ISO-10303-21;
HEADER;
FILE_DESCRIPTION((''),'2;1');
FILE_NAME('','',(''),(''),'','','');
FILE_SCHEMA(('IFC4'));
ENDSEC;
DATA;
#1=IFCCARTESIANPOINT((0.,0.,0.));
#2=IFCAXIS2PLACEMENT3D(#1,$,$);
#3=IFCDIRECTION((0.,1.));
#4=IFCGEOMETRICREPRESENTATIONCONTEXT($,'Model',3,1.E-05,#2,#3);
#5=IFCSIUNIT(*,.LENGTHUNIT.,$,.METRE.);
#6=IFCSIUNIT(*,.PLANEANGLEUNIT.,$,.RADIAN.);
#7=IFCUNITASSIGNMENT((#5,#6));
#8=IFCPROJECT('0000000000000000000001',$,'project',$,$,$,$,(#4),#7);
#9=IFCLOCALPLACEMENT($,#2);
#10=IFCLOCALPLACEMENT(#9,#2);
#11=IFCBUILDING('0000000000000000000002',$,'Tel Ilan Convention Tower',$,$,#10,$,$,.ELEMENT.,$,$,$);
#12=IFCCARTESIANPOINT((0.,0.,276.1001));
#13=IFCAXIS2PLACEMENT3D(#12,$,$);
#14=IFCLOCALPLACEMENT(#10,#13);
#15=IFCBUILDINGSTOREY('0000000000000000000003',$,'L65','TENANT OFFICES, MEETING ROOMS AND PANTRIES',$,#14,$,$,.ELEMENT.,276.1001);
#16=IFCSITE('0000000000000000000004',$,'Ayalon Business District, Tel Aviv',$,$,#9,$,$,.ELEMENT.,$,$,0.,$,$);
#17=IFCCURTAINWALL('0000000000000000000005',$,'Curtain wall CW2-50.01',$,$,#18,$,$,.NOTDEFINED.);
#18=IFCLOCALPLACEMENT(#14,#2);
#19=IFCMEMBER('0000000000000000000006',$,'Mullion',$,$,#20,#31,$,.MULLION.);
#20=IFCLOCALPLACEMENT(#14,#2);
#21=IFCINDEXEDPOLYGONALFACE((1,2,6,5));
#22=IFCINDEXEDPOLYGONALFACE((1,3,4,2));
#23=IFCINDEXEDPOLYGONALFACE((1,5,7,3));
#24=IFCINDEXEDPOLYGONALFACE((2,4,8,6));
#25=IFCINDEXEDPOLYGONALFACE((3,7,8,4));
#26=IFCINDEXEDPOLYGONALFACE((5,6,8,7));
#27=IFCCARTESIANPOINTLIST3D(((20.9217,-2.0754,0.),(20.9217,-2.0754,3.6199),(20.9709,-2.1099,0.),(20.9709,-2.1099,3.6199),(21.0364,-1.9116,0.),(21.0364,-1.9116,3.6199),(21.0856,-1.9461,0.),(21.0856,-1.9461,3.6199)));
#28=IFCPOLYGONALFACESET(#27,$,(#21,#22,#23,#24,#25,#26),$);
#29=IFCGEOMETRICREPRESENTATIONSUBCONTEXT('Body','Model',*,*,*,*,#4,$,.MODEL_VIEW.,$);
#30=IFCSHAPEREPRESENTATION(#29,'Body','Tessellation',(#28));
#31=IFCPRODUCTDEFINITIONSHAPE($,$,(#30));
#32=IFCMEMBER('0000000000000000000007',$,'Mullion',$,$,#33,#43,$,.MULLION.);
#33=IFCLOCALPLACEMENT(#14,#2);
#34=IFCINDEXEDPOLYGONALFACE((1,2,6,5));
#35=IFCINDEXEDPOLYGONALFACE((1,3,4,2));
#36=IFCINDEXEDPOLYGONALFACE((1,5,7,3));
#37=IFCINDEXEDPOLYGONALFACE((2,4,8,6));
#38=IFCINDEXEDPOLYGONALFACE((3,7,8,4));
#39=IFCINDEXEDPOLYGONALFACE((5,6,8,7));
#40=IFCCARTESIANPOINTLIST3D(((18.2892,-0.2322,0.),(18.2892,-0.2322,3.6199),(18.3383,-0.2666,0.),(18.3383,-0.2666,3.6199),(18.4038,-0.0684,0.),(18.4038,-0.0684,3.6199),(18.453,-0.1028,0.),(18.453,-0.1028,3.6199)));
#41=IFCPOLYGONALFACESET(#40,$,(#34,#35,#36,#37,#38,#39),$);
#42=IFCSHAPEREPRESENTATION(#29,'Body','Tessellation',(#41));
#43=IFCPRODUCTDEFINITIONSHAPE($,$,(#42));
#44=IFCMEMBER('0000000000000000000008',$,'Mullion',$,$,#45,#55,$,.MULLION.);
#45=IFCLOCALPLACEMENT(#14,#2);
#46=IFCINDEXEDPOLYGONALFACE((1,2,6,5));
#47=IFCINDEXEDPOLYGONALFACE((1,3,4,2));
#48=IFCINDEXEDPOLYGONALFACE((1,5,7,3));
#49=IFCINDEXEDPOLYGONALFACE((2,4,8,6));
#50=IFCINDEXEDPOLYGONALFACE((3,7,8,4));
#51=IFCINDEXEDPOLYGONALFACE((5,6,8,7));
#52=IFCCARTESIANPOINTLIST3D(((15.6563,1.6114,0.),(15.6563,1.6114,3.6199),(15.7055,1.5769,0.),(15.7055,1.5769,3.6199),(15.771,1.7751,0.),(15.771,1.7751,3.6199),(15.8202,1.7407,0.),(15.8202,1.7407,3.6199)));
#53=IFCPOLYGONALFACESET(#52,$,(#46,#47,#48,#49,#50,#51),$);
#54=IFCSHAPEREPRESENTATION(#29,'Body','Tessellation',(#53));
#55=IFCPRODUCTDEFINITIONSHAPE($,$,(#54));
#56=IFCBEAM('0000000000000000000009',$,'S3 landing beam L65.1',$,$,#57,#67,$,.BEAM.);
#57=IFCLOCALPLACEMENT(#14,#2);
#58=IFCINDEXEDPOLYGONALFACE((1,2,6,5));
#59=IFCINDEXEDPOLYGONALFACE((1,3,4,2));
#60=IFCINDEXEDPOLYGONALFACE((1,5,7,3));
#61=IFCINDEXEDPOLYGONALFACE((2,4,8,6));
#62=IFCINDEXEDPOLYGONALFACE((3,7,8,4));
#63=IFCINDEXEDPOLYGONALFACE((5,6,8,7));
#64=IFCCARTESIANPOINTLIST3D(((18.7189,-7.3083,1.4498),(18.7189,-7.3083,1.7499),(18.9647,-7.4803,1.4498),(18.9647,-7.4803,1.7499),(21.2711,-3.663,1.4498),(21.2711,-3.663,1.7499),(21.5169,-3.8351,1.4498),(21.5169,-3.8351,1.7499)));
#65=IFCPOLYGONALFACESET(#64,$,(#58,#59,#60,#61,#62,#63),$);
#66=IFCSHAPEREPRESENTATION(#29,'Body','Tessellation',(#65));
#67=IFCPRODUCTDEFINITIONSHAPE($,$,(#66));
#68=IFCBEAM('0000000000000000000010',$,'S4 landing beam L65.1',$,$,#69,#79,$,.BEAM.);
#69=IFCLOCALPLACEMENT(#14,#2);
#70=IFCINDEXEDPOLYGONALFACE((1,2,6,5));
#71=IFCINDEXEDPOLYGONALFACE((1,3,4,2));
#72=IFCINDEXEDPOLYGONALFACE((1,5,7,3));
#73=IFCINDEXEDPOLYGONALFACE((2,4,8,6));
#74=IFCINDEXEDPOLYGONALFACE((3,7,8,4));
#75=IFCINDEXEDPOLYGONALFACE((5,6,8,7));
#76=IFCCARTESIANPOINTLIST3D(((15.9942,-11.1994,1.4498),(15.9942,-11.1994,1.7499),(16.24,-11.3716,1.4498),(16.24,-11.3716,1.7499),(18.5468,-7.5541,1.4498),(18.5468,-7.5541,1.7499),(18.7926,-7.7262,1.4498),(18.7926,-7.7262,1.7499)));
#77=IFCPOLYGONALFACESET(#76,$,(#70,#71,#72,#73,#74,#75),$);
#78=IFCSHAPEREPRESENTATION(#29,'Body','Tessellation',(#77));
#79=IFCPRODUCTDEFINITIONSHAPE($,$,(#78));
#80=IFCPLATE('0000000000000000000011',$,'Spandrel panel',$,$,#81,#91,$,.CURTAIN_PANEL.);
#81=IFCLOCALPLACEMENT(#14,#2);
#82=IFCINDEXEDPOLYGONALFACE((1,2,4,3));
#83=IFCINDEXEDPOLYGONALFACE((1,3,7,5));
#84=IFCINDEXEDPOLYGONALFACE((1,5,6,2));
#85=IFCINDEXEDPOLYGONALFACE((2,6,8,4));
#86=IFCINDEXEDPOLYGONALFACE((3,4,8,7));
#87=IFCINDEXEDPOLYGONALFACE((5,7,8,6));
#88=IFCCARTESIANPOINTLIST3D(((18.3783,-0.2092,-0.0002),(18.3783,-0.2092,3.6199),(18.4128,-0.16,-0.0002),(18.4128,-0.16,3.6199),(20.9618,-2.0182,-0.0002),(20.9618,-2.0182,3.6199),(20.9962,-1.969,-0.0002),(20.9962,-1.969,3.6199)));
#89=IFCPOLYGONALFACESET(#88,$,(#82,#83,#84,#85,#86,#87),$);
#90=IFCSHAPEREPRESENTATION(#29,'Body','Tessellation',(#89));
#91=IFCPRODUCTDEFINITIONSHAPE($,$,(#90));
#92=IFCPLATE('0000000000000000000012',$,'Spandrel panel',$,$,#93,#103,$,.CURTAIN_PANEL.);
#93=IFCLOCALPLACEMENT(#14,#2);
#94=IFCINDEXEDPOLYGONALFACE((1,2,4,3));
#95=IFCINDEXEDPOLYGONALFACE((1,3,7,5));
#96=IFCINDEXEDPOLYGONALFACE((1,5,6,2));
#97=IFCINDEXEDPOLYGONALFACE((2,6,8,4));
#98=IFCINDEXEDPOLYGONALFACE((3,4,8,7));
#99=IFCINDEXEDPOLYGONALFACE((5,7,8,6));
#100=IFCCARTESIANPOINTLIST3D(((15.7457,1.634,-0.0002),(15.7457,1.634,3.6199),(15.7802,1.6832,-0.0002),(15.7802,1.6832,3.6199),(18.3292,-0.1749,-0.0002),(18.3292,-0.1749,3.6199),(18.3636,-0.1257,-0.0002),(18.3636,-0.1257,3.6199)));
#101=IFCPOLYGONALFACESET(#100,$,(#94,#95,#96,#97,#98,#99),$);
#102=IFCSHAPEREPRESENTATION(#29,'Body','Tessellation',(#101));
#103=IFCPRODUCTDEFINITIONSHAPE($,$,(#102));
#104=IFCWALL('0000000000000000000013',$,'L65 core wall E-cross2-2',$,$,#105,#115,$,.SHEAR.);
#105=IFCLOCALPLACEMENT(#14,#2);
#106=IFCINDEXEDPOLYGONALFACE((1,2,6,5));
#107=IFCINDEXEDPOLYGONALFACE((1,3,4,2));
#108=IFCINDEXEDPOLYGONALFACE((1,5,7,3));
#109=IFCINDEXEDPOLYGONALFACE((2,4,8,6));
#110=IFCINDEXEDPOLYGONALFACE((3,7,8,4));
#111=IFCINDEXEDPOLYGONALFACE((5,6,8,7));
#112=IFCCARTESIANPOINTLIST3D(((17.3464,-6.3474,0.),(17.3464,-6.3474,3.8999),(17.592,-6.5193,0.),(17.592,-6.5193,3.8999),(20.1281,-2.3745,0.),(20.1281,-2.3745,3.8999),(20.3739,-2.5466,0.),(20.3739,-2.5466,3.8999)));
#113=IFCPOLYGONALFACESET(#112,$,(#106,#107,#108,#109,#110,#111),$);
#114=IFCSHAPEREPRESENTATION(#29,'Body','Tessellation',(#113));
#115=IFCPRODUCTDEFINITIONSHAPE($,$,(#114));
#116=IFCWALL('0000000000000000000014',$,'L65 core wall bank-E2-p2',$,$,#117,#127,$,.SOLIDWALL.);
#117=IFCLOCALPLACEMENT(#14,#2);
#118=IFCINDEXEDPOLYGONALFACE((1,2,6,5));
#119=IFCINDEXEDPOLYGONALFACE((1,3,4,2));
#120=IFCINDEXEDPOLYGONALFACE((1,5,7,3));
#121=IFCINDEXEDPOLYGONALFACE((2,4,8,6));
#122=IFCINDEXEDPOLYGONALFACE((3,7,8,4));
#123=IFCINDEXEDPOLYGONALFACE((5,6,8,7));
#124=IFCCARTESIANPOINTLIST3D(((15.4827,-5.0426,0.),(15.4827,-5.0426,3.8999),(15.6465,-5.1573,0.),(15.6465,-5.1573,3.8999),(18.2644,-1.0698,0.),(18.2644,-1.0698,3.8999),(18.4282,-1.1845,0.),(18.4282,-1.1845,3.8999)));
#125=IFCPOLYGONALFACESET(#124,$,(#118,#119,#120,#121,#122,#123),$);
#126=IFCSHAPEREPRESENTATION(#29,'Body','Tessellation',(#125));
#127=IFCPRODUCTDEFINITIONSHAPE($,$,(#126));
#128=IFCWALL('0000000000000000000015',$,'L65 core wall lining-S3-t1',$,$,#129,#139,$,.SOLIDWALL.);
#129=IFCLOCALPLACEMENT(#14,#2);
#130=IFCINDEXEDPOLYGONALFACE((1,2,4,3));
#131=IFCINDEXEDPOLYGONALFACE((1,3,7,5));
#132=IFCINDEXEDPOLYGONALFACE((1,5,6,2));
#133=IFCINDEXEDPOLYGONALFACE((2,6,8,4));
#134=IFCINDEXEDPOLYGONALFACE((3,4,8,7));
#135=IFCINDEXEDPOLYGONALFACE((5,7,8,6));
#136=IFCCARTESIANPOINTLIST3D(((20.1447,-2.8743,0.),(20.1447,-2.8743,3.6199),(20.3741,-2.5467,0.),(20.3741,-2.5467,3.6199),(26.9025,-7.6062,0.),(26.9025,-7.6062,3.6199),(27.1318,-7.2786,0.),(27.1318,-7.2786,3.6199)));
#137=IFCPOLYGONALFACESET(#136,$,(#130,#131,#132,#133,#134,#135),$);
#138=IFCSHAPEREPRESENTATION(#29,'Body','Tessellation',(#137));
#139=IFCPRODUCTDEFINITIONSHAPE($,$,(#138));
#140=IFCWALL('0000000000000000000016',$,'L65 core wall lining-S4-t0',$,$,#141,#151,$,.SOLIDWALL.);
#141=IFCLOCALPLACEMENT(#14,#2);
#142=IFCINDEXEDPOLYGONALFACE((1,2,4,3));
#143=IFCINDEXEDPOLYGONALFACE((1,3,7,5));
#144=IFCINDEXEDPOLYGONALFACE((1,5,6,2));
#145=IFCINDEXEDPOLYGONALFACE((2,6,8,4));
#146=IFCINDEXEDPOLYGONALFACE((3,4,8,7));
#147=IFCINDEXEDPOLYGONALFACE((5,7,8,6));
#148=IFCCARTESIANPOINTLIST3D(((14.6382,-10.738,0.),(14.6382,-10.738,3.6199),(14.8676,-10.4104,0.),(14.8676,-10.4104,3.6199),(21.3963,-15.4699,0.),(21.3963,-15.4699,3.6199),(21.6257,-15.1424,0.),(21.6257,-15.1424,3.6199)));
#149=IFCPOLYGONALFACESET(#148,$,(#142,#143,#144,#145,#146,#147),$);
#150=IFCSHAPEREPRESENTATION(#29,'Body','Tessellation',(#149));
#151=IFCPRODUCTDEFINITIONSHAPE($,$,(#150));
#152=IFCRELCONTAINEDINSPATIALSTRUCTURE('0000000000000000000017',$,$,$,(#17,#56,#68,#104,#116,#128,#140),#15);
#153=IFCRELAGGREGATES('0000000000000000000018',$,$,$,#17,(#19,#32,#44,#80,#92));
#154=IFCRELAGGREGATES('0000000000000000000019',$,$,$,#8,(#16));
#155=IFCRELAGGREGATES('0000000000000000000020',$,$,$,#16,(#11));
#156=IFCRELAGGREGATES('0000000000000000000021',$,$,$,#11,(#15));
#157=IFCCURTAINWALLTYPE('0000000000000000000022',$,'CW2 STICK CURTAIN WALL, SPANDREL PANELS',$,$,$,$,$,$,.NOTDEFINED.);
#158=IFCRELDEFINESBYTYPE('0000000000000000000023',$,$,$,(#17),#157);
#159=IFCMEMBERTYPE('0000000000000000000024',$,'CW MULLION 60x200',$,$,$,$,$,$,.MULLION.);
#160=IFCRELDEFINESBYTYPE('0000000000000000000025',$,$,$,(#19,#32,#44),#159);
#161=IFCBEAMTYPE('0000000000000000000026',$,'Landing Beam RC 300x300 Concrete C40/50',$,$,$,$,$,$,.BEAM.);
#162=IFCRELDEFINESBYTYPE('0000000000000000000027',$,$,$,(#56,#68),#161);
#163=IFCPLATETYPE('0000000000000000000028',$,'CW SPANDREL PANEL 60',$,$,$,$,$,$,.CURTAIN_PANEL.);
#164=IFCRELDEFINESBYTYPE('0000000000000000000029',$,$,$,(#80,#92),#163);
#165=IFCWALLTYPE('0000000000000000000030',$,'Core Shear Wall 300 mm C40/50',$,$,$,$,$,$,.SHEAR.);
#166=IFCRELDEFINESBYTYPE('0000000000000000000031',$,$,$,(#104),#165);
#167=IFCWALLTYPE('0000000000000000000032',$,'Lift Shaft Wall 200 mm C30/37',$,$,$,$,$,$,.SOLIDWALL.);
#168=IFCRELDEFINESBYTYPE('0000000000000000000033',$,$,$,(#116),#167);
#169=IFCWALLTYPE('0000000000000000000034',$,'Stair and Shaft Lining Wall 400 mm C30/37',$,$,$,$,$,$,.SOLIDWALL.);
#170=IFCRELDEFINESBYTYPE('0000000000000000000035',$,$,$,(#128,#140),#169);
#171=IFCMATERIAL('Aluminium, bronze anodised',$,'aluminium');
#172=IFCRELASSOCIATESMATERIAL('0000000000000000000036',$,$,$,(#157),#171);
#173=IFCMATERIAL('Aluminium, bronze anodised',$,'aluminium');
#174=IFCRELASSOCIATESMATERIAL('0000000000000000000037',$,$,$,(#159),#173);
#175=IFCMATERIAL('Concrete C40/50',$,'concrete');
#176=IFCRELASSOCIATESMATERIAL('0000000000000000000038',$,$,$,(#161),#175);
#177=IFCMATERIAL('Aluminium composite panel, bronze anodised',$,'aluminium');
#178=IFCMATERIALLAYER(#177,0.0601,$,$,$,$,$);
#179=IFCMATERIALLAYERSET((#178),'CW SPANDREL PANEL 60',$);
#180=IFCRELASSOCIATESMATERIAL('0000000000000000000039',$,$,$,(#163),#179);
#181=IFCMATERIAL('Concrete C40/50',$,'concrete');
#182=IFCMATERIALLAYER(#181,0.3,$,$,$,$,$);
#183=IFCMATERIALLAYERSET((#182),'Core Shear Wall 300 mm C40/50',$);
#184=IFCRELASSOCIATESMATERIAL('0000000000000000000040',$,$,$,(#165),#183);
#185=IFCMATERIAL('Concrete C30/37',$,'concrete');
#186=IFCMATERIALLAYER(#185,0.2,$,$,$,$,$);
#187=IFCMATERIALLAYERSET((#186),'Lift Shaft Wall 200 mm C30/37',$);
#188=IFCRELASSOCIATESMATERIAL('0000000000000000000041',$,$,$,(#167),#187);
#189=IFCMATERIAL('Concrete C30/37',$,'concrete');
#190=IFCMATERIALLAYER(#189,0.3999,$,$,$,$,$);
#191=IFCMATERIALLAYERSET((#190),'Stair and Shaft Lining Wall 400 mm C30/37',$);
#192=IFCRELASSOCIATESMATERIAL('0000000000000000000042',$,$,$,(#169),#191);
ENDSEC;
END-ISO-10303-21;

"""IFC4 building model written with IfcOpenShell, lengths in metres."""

from ifc_helpers import new_model, si_unit, direction, frame, frame_2d, origin, origin_2d, place, context, subcontext, project, spatial, polyline, rectangle, outline, extrude, material, layer, layer_set, material_profile, profile_set, type_object, element, aggregate, save


model = new_model("IFC4")

# Units and contexts
model_context = context("Model", 3, precision=1e-05, world=origin(), true_north=direction((0.0, 1.0)))
body_context = subcontext(model_context, "Body", "Model", "MODEL_VIEW")
ifc_project = project(units=[si_unit("LENGTHUNIT", "METRE"), si_unit("PLANEANGLEUNIT", "RADIAN")], contexts=[model_context])

# Site, building, storey
site_placement = place(None, origin())
site = spatial("IfcSite", under=ifc_project, at=site_placement, Name="Ayalon Business District, Tel Aviv", CompositionType="ELEMENT", RefElevation=0.0)
building_placement = place(site_placement, origin())
building = spatial("IfcBuilding", under=site, at=building_placement, Name="Tel Ilan Convention Tower", CompositionType="ELEMENT")
storey_placement = place(building_placement, frame((0.0, 0.0, 276.1001)))
storey = spatial("IfcBuildingStorey", under=building, at=storey_placement, Name="L65", Description="TENANT OFFICES, MEETING ROOMS AND PANTRIES", CompositionType="ELEMENT", Elevation=276.1001)

# Curtain wall, members
ifc_material_1 = material(Name="Aluminium, bronze anodised", Category="aluminium")
curtain_wall_type = type_object("IfcCurtainWallType", Name="CW2 STICK CURTAIN WALL, SPANDREL PANELS", PredefinedType="NOTDEFINED", material=ifc_material_1)
curtain_wall_placement = place(storey_placement, origin())
curtain_wall = element("IfcCurtainWall", 1, at=curtain_wall_placement, inside=storey, type_object=curtain_wall_type, Name="Curtain wall CW2-50.01", PredefinedType="NOTDEFINED")
ifc_material_2 = material(Name="Aluminium, bronze anodised", Category="aluminium")
ifc_material_profile_1 = material_profile(ifc_material_2, rectangle(XDim=0.0601, YDim=0.2, at=origin_2d()), Name="CW MULLION 60x200")
ifc_profile_set_1 = profile_set([ifc_material_profile_1], Name="Aluminium, bronze anodised")
member_type = type_object("IfcMemberType", Name="CW MULLION 60x200", PredefinedType="MULLION", material=ifc_profile_set_1)
member_1_placement = place(storey_placement, frame((21.0037, -2.0107, 0.0), z_axis=(0.0, 0.0, 1.0), x_axis=(-0.819152, 0.573576, 0.0)))
member_1 = element("IfcMember", 2, at=member_1_placement, type_object=member_type, Name="Mullion", PredefinedType="MULLION", context=body_context, shape_type="SweptSolid", body=[
    extrude(rectangle(XDim=0.0601, YDim=0.2, at=origin_2d()), origin(), (0.0, 0.0, 1.0), 3.6199),
])
member_2_placement = place(storey_placement, frame((18.3711, -0.1675, 0.0), z_axis=(0.0, 0.0, 1.0), x_axis=(-0.819152, 0.573576, 0.0)))
member_2 = element("IfcMember", 3, at=member_2_placement, type_object=member_type, Name="Mullion", PredefinedType="MULLION", context=body_context, shape_type="SweptSolid", body=[
    extrude(rectangle(XDim=0.0601, YDim=0.2, at=origin_2d()), origin(), (0.0, 0.0, 1.0), 3.6199),
])
member_3_placement = place(storey_placement, frame((15.7383, 1.676, 0.0), z_axis=(0.0, 0.0, 1.0), x_axis=(-0.819152, 0.573576, 0.0)))
member_3 = element("IfcMember", 4, at=member_3_placement, type_object=member_type, Name="Mullion", PredefinedType="MULLION", context=body_context, shape_type="SweptSolid", body=[
    extrude(rectangle(XDim=0.0601, YDim=0.2, at=origin_2d()), origin(), (0.0, 0.0, 1.0), 3.6199),
])

# Beams
ifc_material_3 = material(Name="Concrete C40/50", Category="concrete")
ifc_material_profile_2 = material_profile(ifc_material_3, rectangle(XDim=0.3, YDim=0.3, at=origin_2d()), Name="RC 300x300")
ifc_profile_set_2 = profile_set([ifc_material_profile_2], Name="Concrete C40/50")
beam_type = type_object("IfcBeamType", Name="Landing Beam RC 300x300 Concrete C40/50", PredefinedType="BEAM", material=ifc_profile_set_2)
beam_1_placement = place(storey_placement, frame((21.394, -3.749, 1.5999), z_axis=(-0.573547, -0.819173, 0.0), x_axis=(0.819173, -0.573547, 0.0)))
element("IfcBeam", 5, at=beam_1_placement, inside=storey, type_object=beam_type, Name="S3 landing beam L65.1", PredefinedType="BEAM", context=body_context, shape_type="SweptSolid", body=[
    extrude(rectangle(XDim=0.3, YDim=0.3, at=origin_2d()), origin(), (0.0, 0.0, 1.0), 4.45),
])
beam_2_placement = place(storey_placement, frame((18.6697, -7.6401, 1.5999), z_axis=(-0.573584, -0.819147, 0.0), x_axis=(0.819147, -0.573584, 0.0)))
element("IfcBeam", 6, at=beam_2_placement, inside=storey, type_object=beam_type, Name="S4 landing beam L65.1", PredefinedType="BEAM", context=body_context, shape_type="SweptSolid", body=[
    extrude(rectangle(XDim=0.3, YDim=0.3, at=origin_2d()), origin(), (0.0, 0.0, 1.0), 4.4502),
])

# Plates
ifc_material_4 = material(Name="Aluminium composite panel, bronze anodised", Category="aluminium")
ifc_layer_1 = layer(ifc_material_4, 0.0601)
ifc_layer_set_1 = layer_set([ifc_layer_1], Name="CW SPANDREL PANEL 60")
plate_type = type_object("IfcPlateType", Name="CW SPANDREL PANEL 60", PredefinedType="CURTAIN_PANEL", material=ifc_layer_set_1)
plate_1_placement = place(storey_placement, frame((19.6873, -1.0891, -0.0002), z_axis=(0.0, 0.0, 1.0), x_axis=(-0.819152, 0.573576, 0.0)))
plate_1 = element("IfcPlate", 7, at=plate_1_placement, type_object=plate_type, Name="Spandrel panel", PredefinedType="CURTAIN_PANEL", context=body_context, shape_type="SweptSolid", body=[
    extrude(rectangle(XDim=3.1538, YDim=0.0601, at=origin_2d()), origin(), (0.0, 0.0, 1.0), 3.6201),
])
plate_2_placement = place(storey_placement, frame((17.0547, 0.7542, -0.0002), z_axis=(0.0, 0.0, 1.0), x_axis=(-0.819152, 0.573576, 0.0)))
plate_2 = element("IfcPlate", 8, at=plate_2_placement, type_object=plate_type, Name="Spandrel panel", PredefinedType="CURTAIN_PANEL", context=body_context, shape_type="SweptSolid", body=[
    extrude(rectangle(XDim=3.1538, YDim=0.0601, at=origin_2d()), origin(), (0.0, 0.0, 1.0), 3.6201),
])
aggregate(curtain_wall, [member_1, member_2, member_3, plate_1, plate_2])

# Walls
ifc_material_5 = material(Name="Concrete C40/50", Category="concrete")
ifc_layer_2 = layer(ifc_material_5, 0.3)
ifc_layer_set_2 = layer_set([ifc_layer_2], Name="Core Shear Wall 300 mm C40/50")
wall_type_1 = type_object("IfcWallType", Name="Core Shear Wall 300 mm C40/50", PredefinedType="SHEAR", material=ifc_layer_set_2)
wall_1_placement = place(storey_placement, frame((17.4692, -6.4333, 0.0), z_axis=(0.0, 0.0, 1.0), x_axis=(0.573594, 0.81914, 0.0)))
element("IfcWall", 9, at=wall_1_placement, inside=storey, type_object=wall_type_1, Name="L65 core wall E-cross2-2", PredefinedType="SHEAR", context=body_context, shape_type="SweptSolid", body=[
    extrude(outline(polyline([(4.8499, -0.1499), (4.8499, 0.1501), (0.0, 0.1499), (0.0, -0.1499), (4.8499, -0.1499)])), origin(), (0.0, 0.0, 1.0), 3.8999),
])
ifc_material_6 = material(Name="Concrete C30/37", Category="concrete")
ifc_layer_3 = layer(ifc_material_6, 0.2)
ifc_layer_set_3 = layer_set([ifc_layer_3], Name="Lift Shaft Wall 200 mm C30/37")
wall_type_2 = type_object("IfcWallType", Name="Lift Shaft Wall 200 mm C30/37", PredefinedType="SOLIDWALL", material=ifc_layer_set_3)
wall_2_placement = place(storey_placement, frame((15.5647, -5.0999, 0.0), z_axis=(0.0, 0.0, 1.0), x_axis=(0.57356, 0.819163, 0.0)))
element("IfcWall", 10, at=wall_2_placement, inside=storey, type_object=wall_type_2, Name="L65 core wall bank-E2-p2", PredefinedType="SOLIDWALL", context=body_context, shape_type="SweptSolid", body=[
    extrude(rectangle(XDim=4.8499, YDim=0.2, at=frame_2d((2.4248, 0.0))), origin(), (0.0, 0.0, 1.0), 3.8999),
])
ifc_material_7 = material(Name="Concrete C30/37", Category="concrete")
ifc_layer_4 = layer(ifc_material_7, 0.3999)
ifc_layer_set_4 = layer_set([ifc_layer_4], Name="Stair and Shaft Lining Wall 400 mm C30/37")
wall_type_3 = type_object("IfcWallType", Name="Stair and Shaft Lining Wall 400 mm C30/37", PredefinedType="SOLIDWALL", material=ifc_layer_set_4)
wall_3_placement = place(storey_placement, frame((20.2593, -2.7104, 0.0), z_axis=(0.0, 0.0, 1.0), x_axis=(0.819148, -0.573582, 0.0)))
element("IfcWall", 11, at=wall_3_placement, inside=storey, type_object=wall_type_3, Name="L65 core wall lining-S3-t1", PredefinedType="SOLIDWALL", context=body_context, shape_type="SweptSolid", body=[
    extrude(rectangle(XDim=8.2498, YDim=0.3999, at=frame_2d((4.125, 0.0))), origin(), (0.0, 0.0, 1.0), 3.6199),
])
wall_4_placement = place(storey_placement, frame((14.7529, -10.5742, 0.0), z_axis=(0.0, 0.0, 1.0), x_axis=(0.819158, -0.573568, 0.0)))
element("IfcWall", 12, at=wall_4_placement, inside=storey, type_object=wall_type_3, Name="L65 core wall lining-S4-t0", PredefinedType="SOLIDWALL", context=body_context, shape_type="SweptSolid", body=[
    extrude(rectangle(XDim=8.25, YDim=0.3999, at=frame_2d((4.125, 0.0))), origin(), (0.0, 0.0, 1.0), 3.6199),
])

save(model, "model.ifc")
